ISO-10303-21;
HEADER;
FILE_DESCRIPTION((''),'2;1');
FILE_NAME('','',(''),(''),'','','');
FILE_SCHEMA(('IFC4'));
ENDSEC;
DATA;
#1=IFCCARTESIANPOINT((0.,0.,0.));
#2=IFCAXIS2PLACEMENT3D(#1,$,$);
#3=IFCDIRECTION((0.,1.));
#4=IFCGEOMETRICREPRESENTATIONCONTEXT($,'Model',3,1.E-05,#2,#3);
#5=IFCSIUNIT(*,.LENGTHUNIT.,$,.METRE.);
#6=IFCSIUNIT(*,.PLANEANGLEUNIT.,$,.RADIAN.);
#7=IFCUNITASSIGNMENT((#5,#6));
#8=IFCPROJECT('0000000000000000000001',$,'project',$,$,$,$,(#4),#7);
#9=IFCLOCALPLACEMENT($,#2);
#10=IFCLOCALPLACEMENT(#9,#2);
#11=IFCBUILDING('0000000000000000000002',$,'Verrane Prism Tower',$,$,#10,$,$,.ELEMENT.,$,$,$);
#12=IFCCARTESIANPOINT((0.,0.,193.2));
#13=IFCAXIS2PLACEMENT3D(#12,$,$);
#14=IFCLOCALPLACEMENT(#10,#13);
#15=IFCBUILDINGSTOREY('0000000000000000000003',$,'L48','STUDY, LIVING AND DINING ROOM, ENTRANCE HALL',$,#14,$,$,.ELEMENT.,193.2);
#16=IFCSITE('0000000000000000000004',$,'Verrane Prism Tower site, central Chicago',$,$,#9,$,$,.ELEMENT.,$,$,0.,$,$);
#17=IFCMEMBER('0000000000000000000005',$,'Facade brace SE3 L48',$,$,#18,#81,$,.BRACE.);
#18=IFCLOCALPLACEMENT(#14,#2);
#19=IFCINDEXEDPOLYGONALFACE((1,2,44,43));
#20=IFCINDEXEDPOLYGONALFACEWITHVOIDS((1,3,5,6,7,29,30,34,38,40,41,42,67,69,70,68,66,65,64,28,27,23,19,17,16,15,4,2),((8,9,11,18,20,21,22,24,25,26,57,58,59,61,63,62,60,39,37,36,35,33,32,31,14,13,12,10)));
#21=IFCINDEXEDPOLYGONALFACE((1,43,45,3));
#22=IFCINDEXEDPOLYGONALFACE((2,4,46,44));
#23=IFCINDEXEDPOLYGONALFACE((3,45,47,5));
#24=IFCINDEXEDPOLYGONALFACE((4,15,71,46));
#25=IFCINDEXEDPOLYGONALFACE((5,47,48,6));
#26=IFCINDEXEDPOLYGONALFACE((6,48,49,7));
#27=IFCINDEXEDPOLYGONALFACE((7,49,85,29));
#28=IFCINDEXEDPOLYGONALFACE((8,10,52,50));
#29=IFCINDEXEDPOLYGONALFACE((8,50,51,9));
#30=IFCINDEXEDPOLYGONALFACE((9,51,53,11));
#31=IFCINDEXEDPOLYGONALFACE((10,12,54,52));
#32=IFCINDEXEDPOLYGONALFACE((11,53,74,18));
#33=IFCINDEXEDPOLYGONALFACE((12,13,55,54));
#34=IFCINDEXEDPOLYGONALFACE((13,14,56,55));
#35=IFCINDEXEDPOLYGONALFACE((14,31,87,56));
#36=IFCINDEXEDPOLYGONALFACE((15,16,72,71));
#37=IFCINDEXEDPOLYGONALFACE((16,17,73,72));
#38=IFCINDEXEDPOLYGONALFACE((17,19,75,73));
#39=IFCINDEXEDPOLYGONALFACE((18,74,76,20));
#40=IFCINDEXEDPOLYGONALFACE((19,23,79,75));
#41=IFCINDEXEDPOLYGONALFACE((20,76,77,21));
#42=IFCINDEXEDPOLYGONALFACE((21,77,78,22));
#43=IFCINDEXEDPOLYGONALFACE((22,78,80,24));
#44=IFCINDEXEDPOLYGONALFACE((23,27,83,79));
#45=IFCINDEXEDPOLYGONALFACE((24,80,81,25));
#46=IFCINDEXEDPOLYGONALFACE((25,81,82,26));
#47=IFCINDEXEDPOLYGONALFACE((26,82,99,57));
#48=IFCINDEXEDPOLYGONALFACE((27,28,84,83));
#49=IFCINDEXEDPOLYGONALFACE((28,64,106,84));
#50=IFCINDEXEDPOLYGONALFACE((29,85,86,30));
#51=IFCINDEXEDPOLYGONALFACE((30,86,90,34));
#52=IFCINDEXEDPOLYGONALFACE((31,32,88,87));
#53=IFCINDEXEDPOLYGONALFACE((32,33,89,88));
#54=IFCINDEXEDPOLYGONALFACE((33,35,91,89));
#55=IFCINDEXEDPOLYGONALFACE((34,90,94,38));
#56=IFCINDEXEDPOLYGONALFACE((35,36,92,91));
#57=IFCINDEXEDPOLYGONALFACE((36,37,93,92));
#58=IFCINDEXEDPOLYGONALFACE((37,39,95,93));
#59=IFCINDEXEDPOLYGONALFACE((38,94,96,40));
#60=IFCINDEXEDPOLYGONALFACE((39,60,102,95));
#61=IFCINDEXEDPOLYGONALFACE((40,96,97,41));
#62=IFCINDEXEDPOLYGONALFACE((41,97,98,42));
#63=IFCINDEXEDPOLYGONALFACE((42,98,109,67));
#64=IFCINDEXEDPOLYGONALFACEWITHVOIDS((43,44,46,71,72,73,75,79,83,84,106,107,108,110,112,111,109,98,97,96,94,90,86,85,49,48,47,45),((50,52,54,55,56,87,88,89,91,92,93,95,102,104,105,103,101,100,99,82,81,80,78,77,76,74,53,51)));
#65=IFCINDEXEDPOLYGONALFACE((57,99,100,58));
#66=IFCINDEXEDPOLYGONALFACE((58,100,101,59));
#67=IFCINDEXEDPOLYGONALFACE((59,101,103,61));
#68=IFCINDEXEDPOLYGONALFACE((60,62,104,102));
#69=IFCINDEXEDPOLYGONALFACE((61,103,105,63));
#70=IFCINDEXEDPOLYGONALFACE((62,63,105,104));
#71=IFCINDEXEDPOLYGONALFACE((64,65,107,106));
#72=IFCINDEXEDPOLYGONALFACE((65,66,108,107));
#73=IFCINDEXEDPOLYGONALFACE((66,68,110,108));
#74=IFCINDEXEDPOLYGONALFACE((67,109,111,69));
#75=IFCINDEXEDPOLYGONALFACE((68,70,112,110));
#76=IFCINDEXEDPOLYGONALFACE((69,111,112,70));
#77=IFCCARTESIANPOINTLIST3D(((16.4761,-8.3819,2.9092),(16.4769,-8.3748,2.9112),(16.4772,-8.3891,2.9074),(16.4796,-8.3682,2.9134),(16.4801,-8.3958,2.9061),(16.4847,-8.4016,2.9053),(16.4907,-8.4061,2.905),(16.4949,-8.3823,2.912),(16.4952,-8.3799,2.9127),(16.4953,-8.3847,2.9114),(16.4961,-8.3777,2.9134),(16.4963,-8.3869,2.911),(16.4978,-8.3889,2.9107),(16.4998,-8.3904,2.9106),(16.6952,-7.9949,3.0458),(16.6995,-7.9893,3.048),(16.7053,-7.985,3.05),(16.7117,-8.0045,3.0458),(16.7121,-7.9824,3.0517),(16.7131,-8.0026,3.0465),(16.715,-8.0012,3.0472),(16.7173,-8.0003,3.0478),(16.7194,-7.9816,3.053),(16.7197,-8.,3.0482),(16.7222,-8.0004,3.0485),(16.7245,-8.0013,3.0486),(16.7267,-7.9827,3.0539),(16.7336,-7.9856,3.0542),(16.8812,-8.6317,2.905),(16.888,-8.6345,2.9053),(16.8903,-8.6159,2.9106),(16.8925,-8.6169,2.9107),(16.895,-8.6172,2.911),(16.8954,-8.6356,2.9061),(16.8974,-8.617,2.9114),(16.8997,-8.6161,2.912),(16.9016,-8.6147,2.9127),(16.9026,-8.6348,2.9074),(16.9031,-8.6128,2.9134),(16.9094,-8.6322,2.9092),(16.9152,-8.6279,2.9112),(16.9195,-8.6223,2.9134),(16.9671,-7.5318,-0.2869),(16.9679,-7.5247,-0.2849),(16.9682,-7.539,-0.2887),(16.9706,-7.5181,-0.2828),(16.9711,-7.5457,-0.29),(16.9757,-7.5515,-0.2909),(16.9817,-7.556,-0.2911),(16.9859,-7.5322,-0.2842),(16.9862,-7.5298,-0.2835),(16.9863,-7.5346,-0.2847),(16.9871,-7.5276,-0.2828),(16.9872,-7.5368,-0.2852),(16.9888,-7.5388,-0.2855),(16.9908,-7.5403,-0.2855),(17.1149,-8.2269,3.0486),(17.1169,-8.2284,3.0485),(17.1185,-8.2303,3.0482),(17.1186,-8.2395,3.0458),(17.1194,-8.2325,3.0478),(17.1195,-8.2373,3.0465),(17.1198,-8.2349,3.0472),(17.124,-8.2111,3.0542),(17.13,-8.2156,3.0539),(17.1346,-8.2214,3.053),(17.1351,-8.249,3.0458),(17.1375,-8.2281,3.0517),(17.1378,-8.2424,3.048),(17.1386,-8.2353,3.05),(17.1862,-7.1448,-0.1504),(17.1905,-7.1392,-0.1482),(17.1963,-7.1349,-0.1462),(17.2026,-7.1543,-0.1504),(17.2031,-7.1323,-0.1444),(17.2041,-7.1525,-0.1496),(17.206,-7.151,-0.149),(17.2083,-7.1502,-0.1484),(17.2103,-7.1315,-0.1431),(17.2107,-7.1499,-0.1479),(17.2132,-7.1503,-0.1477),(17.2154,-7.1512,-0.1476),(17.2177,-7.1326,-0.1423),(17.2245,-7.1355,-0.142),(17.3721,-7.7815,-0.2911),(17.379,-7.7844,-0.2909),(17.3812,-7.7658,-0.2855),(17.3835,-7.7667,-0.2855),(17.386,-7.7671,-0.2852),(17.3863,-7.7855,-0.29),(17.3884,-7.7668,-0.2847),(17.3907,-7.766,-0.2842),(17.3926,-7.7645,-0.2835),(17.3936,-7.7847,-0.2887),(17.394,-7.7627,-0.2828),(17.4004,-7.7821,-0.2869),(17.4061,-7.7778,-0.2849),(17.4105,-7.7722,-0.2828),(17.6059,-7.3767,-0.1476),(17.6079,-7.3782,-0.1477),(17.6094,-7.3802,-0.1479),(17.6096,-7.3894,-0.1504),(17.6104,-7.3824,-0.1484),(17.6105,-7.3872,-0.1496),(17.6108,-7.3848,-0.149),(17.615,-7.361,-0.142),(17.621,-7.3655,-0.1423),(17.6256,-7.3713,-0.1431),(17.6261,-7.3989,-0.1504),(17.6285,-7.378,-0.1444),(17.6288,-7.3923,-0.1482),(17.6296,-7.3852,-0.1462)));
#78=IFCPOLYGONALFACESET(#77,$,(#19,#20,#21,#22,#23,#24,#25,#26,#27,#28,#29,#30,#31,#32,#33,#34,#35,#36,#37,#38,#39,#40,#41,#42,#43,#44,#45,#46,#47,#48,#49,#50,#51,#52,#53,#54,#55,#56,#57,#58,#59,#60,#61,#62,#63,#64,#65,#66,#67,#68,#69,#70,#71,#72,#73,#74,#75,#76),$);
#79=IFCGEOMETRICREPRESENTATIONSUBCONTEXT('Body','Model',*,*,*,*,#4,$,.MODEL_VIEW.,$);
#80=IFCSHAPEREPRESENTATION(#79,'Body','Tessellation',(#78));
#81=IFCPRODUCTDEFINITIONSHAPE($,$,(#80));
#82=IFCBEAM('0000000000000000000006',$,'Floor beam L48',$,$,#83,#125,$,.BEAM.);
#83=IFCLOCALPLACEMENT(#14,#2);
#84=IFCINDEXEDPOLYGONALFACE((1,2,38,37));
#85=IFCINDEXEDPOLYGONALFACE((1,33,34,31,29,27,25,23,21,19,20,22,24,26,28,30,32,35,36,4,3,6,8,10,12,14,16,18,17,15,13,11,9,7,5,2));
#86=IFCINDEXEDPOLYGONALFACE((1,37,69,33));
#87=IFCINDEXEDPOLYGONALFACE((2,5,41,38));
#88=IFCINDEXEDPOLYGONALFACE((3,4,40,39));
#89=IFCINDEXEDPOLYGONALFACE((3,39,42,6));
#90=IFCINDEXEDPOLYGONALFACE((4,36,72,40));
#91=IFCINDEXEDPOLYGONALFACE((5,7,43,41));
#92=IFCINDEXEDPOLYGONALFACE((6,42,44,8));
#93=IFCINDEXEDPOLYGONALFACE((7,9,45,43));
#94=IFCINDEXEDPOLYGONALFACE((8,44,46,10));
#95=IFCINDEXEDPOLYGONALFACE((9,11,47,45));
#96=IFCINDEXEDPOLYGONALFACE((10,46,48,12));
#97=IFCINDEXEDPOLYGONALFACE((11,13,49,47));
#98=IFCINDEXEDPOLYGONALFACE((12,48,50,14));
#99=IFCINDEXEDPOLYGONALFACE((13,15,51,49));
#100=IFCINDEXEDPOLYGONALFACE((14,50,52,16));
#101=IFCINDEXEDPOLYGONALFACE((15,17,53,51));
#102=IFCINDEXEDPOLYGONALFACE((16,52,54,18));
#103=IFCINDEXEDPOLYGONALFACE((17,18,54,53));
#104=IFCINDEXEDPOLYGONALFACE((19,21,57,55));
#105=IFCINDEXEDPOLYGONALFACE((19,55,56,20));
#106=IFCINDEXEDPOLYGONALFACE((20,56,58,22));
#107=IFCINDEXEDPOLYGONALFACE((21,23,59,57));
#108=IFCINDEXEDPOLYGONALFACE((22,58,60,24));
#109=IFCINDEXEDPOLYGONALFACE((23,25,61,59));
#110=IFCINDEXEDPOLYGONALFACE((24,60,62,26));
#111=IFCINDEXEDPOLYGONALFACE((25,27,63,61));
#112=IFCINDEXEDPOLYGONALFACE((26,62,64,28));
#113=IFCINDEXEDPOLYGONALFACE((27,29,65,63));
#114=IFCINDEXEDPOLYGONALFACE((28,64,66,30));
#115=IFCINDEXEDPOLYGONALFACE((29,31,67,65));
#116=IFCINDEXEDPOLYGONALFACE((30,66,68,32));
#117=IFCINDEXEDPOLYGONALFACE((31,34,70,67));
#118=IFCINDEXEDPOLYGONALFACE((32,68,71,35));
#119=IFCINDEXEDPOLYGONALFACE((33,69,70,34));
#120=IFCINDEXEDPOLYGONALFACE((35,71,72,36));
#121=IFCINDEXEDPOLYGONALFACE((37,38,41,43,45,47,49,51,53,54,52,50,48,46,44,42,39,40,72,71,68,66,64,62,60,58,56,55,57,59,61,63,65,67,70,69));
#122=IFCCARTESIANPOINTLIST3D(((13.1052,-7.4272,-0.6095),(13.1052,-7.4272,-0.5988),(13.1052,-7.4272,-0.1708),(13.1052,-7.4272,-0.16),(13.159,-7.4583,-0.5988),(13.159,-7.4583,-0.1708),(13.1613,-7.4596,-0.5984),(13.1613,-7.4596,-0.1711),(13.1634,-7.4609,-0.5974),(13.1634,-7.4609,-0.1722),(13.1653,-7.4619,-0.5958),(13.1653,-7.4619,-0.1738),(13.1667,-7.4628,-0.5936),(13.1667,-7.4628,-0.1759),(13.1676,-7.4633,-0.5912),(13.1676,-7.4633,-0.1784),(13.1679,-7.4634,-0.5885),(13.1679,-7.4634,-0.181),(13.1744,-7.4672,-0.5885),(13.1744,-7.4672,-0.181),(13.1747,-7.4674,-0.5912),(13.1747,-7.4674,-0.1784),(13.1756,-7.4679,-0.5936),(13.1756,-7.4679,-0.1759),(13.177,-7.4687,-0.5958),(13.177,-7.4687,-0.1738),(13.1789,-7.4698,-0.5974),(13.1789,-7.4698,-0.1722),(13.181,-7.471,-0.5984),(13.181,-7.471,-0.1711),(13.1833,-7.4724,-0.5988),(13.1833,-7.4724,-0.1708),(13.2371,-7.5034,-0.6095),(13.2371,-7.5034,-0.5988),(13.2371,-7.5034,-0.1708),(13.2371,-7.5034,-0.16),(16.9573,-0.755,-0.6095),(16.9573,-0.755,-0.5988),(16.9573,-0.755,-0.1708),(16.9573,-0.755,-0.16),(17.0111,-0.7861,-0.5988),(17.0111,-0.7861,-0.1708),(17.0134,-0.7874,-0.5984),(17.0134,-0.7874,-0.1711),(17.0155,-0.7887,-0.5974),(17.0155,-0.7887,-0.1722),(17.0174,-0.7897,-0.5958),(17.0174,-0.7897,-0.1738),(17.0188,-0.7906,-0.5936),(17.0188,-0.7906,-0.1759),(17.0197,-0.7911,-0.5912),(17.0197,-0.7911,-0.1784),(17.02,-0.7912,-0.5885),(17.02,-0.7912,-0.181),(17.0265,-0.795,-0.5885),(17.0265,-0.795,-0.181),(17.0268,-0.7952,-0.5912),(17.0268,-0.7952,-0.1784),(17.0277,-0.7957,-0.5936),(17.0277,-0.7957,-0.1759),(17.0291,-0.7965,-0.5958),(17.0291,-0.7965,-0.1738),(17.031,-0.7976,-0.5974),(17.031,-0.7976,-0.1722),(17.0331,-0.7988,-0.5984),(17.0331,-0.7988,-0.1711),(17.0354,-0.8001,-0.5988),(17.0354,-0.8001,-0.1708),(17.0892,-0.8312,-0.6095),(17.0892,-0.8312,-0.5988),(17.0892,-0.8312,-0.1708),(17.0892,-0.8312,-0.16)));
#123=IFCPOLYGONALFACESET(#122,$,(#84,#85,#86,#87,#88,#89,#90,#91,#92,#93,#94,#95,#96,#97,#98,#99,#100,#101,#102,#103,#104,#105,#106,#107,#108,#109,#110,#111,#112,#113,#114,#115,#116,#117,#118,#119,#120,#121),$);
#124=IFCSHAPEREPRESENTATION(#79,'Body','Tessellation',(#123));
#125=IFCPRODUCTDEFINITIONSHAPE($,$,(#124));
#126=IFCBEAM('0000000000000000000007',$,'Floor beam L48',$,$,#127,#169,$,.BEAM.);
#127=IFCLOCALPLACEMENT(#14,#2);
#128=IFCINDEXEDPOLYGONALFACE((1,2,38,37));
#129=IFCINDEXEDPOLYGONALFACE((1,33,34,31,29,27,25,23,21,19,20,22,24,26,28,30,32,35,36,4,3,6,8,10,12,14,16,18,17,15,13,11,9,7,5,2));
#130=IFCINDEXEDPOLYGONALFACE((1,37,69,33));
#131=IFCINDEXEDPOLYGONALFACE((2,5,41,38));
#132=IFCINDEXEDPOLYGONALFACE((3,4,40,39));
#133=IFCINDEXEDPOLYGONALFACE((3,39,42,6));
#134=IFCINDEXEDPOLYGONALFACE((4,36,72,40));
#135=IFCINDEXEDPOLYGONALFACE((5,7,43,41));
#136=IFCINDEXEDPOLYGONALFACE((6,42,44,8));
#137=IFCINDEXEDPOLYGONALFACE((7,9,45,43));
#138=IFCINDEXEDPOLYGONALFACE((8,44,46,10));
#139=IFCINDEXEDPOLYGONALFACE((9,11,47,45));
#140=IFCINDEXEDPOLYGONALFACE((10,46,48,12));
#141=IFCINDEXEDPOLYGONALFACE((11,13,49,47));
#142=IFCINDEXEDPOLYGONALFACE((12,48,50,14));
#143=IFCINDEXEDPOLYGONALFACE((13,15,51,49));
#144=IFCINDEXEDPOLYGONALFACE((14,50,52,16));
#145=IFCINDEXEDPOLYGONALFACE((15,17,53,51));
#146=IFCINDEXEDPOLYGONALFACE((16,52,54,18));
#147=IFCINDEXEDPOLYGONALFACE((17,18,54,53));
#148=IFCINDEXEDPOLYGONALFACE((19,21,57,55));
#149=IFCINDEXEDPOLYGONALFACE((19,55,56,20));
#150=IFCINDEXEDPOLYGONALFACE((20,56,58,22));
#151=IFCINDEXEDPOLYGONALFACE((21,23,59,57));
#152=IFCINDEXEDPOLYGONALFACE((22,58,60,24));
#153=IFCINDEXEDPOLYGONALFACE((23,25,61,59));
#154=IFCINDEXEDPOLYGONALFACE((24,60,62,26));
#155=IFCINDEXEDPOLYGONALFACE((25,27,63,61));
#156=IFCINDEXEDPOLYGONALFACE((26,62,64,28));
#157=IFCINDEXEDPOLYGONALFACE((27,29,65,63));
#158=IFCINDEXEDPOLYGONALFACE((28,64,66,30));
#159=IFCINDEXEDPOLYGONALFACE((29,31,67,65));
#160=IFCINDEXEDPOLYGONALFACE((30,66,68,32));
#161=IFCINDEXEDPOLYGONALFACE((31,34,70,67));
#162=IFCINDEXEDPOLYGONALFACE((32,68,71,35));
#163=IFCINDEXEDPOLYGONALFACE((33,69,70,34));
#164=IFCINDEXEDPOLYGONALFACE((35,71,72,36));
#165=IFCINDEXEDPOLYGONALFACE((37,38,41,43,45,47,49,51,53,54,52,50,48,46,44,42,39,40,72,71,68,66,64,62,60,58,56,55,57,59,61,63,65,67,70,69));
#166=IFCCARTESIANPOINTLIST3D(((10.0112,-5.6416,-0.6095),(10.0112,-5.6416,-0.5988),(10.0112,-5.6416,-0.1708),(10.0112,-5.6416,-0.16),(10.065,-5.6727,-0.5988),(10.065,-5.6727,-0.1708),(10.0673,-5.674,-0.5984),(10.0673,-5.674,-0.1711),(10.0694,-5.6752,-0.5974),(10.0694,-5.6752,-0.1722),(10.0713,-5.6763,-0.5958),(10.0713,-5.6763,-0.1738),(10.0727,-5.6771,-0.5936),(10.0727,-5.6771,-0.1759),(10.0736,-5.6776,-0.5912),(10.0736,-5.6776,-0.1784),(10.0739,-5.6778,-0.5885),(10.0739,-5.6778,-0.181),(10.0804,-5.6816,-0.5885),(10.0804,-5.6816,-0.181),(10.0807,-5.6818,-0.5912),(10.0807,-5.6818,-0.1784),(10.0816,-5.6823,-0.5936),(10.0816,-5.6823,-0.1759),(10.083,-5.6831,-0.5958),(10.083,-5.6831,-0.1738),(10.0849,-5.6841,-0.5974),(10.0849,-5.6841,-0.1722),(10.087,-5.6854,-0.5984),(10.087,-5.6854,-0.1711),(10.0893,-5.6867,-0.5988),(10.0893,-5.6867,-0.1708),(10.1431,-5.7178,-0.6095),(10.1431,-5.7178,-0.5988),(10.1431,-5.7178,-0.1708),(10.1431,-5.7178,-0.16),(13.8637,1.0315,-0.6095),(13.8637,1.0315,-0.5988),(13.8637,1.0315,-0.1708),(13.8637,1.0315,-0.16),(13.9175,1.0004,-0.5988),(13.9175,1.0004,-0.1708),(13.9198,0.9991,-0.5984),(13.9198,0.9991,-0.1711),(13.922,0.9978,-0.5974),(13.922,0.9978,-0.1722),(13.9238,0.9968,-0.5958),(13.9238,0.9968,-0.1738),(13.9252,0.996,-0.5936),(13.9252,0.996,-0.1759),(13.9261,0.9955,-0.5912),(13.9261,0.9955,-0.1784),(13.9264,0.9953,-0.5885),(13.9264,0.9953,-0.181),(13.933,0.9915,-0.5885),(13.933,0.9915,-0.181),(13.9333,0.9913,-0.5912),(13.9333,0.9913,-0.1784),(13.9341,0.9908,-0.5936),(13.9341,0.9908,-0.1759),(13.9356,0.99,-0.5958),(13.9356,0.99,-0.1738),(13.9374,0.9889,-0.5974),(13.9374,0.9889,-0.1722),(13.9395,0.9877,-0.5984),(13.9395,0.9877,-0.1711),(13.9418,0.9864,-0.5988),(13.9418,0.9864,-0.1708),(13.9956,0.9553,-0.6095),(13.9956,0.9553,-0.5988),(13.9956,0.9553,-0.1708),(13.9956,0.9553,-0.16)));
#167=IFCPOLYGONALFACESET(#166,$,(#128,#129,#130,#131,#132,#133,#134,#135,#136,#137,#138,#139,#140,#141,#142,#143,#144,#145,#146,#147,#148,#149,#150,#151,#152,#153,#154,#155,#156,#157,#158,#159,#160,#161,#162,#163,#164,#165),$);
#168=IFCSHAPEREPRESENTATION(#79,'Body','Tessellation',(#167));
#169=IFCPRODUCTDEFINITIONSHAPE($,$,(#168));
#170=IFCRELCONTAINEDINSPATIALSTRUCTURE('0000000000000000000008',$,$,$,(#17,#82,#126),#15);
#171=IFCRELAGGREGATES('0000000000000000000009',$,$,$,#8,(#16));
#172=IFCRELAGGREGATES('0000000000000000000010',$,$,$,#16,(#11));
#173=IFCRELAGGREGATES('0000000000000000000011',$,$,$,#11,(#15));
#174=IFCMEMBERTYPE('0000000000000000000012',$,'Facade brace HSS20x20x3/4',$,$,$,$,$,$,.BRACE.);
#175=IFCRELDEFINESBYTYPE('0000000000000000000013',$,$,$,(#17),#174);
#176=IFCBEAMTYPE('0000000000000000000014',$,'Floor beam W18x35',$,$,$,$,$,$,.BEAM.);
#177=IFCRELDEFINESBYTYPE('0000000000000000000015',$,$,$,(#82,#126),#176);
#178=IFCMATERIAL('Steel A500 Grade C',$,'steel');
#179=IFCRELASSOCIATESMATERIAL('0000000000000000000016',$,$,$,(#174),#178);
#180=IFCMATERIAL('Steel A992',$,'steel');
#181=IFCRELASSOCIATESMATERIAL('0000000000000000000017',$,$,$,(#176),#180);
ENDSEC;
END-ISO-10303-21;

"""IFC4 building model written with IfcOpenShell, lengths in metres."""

from ifc_helpers import new_model, si_unit, direction, frame, origin, origin_2d, place, context, subcontext, project, spatial, hollow_rectangle, i_section, extrude, material, material_profile, profile_set, type_object, element, save


model = new_model("IFC4")

# Units and contexts
model_context = context("Model", 3, precision=1e-05, world=origin(), true_north=direction((0.0, 1.0)))
body_context = subcontext(model_context, "Body", "Model", "MODEL_VIEW")
ifc_project = project(units=[si_unit("LENGTHUNIT", "METRE"), si_unit("PLANEANGLEUNIT", "RADIAN")], contexts=[model_context])

# Site, building, storey
site_placement = place(None, origin())
site = spatial("IfcSite", under=ifc_project, at=site_placement, Name="Verrane Prism Tower site, central Chicago", CompositionType="ELEMENT", RefElevation=0.0)
building_placement = place(site_placement, origin())
building = spatial("IfcBuilding", under=site, at=building_placement, Name="Verrane Prism Tower", CompositionType="ELEMENT")
storey_placement = place(building_placement, frame((0.0, 0.0, 193.2)))
storey = spatial("IfcBuildingStorey", under=building, at=storey_placement, Name="L48", Description="STUDY, LIVING AND DINING ROOM, ENTRANCE HALL", CompositionType="ELEMENT", Elevation=193.2)

# Member
ifc_material_1 = material(Name="Steel A500 Grade C", Category="steel")
ifc_material_profile_1 = material_profile(ifc_material_1, hollow_rectangle(XDim=0.5081, YDim=0.5081, WallThickness=0.019, InnerFilletRadius=0.0095, OuterFilletRadius=0.0286, at=origin_2d()), Name="HSS20x20x3/4")
ifc_profile_set_1 = profile_set([ifc_material_profile_1], Name="Steel A500 Grade C")
member_type_1 = type_object("IfcMemberType", Name="Facade brace HSS20x20x3/4", PredefinedType="BRACE", material=ifc_profile_set_1)
member_1_placement = place(storey_placement, frame((17.2983, -7.4585, -0.2166), z_axis=(-0.146846, -0.25426, 0.955923), x_axis=(0.865954, -0.500124, 0.0)))
element("IfcMember", 1, at=member_1_placement, inside=storey, type_object=member_type_1, Name="Facade brace SE3 L48", PredefinedType="BRACE", context=body_context, shape_type="SweptSolid", body=[
    extrude(hollow_rectangle(XDim=0.5081, YDim=0.5081, WallThickness=0.019, InnerFilletRadius=0.0095, OuterFilletRadius=0.0286, at=origin_2d()), origin(), (0.0, 0.0, 1.0), 3.3435),
])

# Beams
ifc_material_2 = material(Name="Steel A992", Category="steel")
ifc_material_profile_2 = material_profile(ifc_material_2, i_section(OverallWidth=0.1523, OverallDepth=0.4495, WebThickness=0.0076, FlangeThickness=0.0107, FilletRadius=0.0103, at=origin_2d()), Name="W18x35")
ifc_profile_set_2 = profile_set([ifc_material_profile_2], Name="Steel A992")
beam_type_1 = type_object("IfcBeamType", Name="Floor beam W18x35", PredefinedType="BEAM", material=ifc_profile_set_2)
beam_1_placement = place(storey_placement, frame((13.1711, -7.4653, -0.3848), z_axis=(0.49999, 0.866031, 0.0), x_axis=(-0.866031, 0.49999, 0.0)))
element("IfcBeam", 2, at=beam_1_placement, inside=storey, type_object=beam_type_1, Name="Floor beam L48", PredefinedType="BEAM", context=body_context, shape_type="SweptSolid", body=[
    extrude(i_section(OverallWidth=0.1523, OverallDepth=0.4495, WebThickness=0.0076, FlangeThickness=0.0107, FilletRadius=0.0103, at=origin_2d()), origin(), (0.0, 0.0, 1.0), 7.7043),
])
beam_2_placement = place(storey_placement, frame((10.0771, -5.6797, -0.3848), z_axis=(0.499983, 0.866035, 0.0), x_axis=(-0.866035, 0.499983, 0.0)))
element("IfcBeam", 3, at=beam_2_placement, inside=storey, type_object=beam_type_1, Name="Floor beam L48", PredefinedType="BEAM", context=body_context, shape_type="SweptSolid", body=[
    extrude(i_section(OverallWidth=0.1523, OverallDepth=0.4495, WebThickness=0.0076, FlangeThickness=0.0107, FilletRadius=0.0103, at=origin_2d()), origin(), (0.0, 0.0, 1.0), 7.7053),
])

save(model, "model.ifc")
